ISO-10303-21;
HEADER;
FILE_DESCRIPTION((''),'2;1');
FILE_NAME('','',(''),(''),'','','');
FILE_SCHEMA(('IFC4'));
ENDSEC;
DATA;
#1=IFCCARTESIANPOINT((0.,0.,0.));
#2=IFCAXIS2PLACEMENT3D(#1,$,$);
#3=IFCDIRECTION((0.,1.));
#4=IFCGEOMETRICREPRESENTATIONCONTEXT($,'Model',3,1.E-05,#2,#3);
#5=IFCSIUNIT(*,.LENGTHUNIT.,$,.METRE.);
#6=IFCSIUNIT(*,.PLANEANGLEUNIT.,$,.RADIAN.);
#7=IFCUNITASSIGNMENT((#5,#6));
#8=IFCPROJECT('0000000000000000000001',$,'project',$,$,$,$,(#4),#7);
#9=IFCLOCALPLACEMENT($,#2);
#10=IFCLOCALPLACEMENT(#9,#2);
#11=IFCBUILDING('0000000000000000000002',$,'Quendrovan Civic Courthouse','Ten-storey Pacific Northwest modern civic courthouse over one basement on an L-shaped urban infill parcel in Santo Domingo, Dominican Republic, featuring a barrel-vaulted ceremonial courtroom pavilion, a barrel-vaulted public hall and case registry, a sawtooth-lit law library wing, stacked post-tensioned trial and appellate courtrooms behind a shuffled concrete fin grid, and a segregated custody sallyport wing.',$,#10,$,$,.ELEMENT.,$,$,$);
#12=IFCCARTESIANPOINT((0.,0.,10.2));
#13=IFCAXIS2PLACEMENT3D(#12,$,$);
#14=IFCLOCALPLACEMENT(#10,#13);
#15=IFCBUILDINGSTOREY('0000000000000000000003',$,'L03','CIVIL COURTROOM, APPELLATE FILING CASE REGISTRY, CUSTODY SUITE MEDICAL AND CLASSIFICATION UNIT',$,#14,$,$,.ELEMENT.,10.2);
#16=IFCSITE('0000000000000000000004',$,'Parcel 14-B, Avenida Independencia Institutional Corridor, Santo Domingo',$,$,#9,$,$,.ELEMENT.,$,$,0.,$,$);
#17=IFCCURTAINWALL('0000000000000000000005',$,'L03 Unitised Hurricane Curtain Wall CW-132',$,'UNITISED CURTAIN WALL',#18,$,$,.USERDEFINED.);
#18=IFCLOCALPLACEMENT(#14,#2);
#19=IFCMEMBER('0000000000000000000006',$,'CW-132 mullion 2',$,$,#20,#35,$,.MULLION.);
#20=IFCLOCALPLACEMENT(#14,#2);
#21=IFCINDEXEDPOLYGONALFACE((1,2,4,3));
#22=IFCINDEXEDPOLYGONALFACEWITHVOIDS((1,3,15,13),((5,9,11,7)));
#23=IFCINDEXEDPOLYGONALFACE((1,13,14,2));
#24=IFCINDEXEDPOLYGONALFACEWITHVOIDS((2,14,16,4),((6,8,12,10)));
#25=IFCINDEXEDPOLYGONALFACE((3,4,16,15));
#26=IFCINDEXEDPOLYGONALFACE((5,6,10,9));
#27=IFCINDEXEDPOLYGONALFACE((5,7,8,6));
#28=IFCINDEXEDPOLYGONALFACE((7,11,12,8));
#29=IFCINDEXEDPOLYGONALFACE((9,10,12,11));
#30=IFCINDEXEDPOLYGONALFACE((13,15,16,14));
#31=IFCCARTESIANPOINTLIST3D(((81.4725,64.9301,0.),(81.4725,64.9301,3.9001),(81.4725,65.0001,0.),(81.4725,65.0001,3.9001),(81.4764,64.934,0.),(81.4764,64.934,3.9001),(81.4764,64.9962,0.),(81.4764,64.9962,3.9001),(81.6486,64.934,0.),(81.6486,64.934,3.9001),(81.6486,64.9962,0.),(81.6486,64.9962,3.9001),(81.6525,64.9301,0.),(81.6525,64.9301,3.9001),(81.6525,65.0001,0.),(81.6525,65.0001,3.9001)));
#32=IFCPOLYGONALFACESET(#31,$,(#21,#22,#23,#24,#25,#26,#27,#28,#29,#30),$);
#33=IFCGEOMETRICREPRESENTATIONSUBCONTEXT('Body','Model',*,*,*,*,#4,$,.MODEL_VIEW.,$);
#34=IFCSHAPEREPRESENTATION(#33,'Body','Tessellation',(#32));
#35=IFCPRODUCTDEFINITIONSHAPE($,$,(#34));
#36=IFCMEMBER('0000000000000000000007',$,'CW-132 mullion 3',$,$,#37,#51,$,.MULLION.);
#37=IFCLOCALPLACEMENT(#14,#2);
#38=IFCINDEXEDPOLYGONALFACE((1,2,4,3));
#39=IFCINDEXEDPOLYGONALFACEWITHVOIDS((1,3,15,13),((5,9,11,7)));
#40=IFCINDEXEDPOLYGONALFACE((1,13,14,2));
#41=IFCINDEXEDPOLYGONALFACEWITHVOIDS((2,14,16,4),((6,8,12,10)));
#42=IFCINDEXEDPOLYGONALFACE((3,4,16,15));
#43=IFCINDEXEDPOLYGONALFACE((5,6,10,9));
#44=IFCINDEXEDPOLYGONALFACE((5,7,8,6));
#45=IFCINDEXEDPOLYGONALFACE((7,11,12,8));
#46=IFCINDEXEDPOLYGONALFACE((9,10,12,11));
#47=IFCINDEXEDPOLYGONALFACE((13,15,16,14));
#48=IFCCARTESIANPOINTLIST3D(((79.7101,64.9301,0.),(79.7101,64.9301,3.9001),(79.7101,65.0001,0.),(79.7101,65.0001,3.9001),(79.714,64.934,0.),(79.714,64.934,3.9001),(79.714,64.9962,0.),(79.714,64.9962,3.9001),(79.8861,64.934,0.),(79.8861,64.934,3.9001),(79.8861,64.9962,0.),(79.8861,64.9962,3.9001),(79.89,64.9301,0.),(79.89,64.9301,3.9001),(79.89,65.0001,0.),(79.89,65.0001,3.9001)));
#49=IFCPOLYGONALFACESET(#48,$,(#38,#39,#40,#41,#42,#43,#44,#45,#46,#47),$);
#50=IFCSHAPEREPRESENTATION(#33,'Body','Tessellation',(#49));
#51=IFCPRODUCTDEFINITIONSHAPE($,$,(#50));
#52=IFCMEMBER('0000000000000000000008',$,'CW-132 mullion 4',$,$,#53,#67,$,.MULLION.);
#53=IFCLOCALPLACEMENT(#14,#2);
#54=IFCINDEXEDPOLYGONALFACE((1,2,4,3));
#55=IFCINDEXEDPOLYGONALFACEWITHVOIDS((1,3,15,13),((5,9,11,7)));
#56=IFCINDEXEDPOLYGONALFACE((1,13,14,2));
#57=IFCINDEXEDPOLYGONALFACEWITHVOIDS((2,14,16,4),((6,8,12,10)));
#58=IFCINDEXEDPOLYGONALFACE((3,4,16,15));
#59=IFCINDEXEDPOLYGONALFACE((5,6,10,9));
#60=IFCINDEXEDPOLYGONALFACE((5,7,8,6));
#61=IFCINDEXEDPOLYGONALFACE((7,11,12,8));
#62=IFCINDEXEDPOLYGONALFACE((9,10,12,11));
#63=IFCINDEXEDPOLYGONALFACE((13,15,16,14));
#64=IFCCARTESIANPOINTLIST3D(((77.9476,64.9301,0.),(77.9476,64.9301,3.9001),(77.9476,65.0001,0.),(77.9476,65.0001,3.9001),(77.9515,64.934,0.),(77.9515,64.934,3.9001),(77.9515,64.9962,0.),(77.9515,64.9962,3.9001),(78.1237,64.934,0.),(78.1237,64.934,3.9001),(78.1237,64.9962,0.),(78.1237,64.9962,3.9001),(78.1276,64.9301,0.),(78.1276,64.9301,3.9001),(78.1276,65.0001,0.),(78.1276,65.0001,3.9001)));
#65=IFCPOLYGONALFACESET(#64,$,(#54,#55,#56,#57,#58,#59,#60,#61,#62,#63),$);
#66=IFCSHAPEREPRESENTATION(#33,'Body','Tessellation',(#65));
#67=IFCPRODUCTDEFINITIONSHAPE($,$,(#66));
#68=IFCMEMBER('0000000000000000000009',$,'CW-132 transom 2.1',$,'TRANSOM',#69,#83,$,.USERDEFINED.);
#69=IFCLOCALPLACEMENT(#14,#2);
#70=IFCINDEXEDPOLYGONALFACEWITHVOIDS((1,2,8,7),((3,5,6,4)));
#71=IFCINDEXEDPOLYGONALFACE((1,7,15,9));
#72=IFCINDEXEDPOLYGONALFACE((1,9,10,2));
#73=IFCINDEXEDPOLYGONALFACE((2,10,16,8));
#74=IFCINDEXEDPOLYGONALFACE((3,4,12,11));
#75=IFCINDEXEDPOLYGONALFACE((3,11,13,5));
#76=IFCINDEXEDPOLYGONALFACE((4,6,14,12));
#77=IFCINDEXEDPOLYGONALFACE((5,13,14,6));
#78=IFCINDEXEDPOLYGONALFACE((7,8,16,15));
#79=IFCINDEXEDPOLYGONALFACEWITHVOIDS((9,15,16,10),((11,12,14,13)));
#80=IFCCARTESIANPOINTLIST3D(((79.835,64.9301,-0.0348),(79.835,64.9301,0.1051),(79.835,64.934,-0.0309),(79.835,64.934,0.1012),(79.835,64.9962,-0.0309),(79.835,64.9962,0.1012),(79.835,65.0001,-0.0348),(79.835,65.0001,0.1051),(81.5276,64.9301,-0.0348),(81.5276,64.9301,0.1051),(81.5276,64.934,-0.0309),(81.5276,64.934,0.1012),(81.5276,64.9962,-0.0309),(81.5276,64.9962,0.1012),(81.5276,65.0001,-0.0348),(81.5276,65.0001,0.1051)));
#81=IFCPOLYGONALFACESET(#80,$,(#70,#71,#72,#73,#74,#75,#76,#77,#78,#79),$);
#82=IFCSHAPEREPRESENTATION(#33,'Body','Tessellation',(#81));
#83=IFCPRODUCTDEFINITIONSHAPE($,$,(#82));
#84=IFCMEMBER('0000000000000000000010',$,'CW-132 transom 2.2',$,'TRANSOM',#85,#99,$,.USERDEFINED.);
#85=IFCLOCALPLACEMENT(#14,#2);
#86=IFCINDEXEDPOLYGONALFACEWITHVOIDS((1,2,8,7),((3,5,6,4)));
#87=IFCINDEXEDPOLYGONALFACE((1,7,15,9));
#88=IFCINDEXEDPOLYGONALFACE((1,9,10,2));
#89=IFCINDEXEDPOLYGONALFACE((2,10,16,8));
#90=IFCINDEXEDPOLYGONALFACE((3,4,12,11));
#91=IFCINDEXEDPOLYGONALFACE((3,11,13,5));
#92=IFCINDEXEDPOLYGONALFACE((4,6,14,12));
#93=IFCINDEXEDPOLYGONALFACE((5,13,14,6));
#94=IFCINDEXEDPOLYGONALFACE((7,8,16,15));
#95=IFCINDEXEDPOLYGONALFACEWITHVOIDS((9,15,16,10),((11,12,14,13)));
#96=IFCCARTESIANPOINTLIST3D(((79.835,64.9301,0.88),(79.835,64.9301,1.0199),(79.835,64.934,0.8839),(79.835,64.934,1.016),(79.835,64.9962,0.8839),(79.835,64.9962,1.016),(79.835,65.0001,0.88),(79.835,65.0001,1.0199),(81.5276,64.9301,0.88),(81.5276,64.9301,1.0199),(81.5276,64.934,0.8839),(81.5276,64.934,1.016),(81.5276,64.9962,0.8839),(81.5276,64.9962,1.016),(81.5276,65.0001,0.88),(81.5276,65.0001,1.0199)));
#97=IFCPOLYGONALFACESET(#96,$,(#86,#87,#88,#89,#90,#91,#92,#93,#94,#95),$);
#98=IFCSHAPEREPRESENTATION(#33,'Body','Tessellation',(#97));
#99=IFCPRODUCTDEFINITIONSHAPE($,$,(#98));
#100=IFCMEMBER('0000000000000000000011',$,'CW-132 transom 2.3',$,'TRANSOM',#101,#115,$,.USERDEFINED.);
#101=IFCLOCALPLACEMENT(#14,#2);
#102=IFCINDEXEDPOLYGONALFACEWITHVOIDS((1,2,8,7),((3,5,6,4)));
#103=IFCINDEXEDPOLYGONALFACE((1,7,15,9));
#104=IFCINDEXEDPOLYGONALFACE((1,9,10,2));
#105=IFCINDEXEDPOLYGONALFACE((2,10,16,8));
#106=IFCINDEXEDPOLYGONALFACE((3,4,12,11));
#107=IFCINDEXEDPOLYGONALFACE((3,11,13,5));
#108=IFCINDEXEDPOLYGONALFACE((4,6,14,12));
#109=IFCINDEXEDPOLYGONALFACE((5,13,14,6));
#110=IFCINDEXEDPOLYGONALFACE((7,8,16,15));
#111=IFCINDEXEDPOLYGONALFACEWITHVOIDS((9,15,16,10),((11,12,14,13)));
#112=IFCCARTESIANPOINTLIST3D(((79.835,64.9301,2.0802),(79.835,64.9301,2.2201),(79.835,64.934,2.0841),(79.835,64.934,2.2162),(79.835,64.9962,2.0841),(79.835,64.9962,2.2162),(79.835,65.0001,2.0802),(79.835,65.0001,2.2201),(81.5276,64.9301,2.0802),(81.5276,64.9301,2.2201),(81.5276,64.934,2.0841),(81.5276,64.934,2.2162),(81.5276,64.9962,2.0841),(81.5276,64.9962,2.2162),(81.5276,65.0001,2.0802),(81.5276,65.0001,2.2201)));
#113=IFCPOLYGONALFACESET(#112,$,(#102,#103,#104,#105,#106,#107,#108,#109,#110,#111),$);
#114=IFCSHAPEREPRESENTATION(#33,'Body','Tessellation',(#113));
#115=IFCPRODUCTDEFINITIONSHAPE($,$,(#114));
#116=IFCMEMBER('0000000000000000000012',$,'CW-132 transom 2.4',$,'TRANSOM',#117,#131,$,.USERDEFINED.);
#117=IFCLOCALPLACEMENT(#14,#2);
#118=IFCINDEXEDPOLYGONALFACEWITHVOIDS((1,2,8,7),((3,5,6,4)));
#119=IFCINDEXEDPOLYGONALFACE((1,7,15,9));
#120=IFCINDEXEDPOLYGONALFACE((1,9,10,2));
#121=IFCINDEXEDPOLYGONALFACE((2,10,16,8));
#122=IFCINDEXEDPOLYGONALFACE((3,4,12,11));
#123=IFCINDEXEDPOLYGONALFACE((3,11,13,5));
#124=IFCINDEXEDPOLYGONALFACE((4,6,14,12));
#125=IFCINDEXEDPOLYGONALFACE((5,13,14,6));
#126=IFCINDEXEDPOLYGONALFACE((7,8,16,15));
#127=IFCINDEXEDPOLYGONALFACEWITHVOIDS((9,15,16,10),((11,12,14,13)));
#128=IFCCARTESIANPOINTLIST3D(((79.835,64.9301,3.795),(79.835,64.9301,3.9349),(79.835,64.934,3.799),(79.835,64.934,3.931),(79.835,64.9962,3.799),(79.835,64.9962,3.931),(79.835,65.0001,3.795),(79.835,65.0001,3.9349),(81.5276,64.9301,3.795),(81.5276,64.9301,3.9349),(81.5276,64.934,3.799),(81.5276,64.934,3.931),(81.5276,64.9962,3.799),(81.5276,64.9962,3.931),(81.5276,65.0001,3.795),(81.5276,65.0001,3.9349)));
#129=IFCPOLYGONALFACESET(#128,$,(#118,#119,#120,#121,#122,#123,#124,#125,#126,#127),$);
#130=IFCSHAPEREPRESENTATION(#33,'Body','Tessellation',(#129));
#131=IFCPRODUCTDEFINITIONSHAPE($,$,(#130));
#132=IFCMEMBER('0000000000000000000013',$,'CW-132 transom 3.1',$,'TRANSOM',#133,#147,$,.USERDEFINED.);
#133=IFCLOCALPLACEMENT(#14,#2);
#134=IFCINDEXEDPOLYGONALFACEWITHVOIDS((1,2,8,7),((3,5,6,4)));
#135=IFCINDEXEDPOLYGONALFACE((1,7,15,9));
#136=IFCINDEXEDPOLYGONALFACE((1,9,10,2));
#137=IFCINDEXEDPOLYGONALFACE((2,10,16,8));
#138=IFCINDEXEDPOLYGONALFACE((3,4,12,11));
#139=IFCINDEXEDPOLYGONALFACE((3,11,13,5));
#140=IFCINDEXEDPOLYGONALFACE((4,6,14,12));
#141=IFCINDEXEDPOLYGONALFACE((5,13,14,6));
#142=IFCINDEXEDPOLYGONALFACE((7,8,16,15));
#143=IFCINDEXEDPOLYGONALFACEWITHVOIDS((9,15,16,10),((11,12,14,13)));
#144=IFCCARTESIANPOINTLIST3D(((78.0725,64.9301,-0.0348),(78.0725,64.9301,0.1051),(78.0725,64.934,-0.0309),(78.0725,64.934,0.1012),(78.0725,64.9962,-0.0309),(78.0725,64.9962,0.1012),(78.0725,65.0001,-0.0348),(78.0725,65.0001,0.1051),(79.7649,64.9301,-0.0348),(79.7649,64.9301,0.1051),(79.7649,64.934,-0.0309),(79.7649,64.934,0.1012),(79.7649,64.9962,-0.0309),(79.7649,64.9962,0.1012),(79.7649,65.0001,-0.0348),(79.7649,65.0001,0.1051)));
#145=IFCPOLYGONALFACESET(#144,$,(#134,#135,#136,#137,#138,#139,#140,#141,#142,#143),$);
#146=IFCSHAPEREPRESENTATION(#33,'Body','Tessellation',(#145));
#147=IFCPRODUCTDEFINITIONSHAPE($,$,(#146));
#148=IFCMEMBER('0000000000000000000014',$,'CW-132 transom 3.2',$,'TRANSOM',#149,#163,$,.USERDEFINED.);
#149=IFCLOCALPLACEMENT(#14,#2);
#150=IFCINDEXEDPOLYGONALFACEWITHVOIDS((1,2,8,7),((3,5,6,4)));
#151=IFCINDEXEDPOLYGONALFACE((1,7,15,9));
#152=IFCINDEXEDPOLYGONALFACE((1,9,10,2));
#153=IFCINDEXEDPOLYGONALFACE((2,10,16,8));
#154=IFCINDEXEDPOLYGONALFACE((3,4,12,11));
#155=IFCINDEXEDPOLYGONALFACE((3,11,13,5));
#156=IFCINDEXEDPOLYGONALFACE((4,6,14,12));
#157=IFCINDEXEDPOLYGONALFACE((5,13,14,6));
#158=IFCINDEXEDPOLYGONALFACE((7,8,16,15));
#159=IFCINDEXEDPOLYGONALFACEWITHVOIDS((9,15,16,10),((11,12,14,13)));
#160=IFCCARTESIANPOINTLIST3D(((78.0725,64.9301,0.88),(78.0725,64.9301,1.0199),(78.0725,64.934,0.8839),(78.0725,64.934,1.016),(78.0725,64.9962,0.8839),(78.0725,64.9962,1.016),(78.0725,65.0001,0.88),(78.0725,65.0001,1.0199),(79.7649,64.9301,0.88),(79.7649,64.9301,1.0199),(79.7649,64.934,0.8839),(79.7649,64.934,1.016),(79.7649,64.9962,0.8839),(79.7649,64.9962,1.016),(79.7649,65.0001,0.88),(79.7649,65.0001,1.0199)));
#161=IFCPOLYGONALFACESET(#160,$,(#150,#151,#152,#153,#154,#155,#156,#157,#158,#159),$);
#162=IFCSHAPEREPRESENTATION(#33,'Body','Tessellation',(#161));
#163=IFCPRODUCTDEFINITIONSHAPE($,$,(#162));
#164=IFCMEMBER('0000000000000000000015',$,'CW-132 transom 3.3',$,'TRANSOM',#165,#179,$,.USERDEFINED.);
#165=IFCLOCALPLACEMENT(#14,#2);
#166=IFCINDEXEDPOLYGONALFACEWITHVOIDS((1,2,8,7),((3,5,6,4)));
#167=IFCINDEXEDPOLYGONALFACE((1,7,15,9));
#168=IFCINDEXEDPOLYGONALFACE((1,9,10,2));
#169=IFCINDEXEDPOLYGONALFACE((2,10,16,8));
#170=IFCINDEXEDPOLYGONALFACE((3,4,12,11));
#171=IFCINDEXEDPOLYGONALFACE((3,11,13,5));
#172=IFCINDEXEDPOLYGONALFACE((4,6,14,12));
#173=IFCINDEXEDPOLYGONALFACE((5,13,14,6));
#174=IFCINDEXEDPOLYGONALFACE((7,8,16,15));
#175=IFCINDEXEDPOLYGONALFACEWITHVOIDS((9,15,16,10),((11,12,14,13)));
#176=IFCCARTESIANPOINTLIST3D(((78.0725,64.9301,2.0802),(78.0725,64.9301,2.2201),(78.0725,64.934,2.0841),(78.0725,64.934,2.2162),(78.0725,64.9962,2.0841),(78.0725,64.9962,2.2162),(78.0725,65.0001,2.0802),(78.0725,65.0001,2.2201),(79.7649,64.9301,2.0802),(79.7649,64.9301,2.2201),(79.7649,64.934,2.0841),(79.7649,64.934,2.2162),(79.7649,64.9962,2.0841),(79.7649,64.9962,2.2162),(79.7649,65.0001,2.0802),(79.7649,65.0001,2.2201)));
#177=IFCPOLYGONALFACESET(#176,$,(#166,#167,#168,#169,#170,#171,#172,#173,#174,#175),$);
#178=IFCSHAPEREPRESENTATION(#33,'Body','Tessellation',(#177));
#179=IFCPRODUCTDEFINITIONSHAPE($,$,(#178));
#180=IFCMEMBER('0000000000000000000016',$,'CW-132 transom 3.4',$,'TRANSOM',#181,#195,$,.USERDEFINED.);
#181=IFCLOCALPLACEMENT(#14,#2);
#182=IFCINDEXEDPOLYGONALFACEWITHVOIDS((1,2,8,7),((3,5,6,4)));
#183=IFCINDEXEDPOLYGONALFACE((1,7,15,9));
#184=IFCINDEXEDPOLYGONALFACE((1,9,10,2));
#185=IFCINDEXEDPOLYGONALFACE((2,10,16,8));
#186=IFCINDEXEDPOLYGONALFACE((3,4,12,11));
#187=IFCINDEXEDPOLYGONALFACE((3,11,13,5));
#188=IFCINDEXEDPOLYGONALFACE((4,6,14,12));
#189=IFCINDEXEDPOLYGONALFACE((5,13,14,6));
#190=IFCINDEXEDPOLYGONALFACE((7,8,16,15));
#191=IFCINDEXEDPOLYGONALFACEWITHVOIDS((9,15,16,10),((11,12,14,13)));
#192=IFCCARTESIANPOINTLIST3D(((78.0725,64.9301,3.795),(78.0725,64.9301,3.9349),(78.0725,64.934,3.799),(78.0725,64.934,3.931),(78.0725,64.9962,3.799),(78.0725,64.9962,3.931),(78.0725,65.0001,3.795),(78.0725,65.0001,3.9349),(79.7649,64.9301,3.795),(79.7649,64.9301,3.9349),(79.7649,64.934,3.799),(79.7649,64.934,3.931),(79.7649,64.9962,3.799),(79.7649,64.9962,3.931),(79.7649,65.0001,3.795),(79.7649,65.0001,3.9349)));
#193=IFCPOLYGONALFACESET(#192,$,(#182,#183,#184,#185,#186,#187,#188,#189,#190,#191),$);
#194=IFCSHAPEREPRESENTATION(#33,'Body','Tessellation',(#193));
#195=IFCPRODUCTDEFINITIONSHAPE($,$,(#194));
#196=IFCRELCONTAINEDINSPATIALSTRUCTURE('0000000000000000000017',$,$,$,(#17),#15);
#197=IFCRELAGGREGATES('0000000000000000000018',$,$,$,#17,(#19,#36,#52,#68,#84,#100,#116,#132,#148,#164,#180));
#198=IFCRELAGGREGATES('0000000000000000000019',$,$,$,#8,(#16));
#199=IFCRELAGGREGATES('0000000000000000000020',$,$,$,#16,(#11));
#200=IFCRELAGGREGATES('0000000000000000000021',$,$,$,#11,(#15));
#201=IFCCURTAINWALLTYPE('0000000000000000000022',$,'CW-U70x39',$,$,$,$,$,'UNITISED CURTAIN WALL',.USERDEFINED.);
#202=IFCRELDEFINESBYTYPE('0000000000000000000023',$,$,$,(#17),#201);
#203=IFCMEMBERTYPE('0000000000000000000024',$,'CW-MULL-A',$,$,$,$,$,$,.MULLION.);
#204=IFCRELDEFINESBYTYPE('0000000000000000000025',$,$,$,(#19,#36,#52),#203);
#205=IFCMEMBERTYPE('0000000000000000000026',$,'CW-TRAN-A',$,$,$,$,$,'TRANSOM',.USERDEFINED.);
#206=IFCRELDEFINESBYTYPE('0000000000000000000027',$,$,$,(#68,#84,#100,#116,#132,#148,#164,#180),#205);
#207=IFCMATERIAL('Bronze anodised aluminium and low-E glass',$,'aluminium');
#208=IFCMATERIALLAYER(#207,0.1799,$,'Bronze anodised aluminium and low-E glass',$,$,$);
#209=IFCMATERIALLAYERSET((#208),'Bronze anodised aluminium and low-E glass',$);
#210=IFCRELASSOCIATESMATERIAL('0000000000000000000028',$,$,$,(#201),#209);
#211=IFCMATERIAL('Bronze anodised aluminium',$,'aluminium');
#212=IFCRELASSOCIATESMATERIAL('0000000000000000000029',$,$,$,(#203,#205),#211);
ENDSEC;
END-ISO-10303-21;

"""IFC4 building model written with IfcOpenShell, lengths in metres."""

from ifc_helpers import new_model, si_unit, direction, frame, origin, origin_2d, place, context, subcontext, project, spatial, hollow_rectangle, extrude, material, layer, layer_set, material_profile, profile_set, type_object, element, aggregate, save


model = new_model("IFC4")

# Units and contexts
model_context = context("Model", 3, precision=1e-05, world=origin(), true_north=direction((0.0, 1.0)))
body_context = subcontext(model_context, "Body", "Model", "MODEL_VIEW")
ifc_project = project(units=[si_unit("LENGTHUNIT", "METRE"), si_unit("PLANEANGLEUNIT", "RADIAN")], contexts=[model_context])

# Site, building, storey
site_placement = place(None, origin())
site = spatial("IfcSite", under=ifc_project, at=site_placement, Name="Parcel 14-B, Avenida Independencia Institutional Corridor, Santo Domingo", CompositionType="ELEMENT", RefElevation=0.0)
building_placement = place(site_placement, origin())
building = spatial("IfcBuilding", under=site, at=building_placement, Name="Quendrovan Civic Courthouse", Description="Ten-storey Pacific Northwest modern civic courthouse over one basement on an L-shaped urban infill parcel in Santo Domingo, Dominican Republic, featuring a barrel-vaulted ceremonial courtroom pavilion, a barrel-vaulted public hall and case registry, a sawtooth-lit law library wing, stacked post-tensioned trial and appellate courtrooms behind a shuffled concrete fin grid, and a segregated custody sallyport wing.", CompositionType="ELEMENT")
storey_placement = place(building_placement, frame((0.0, 0.0, 10.2)))
storey = spatial("IfcBuildingStorey", under=building, at=storey_placement, Name="L03", Description="CIVIL COURTROOM, APPELLATE FILING CASE REGISTRY, CUSTODY SUITE MEDICAL AND CLASSIFICATION UNIT", CompositionType="ELEMENT", Elevation=10.2)

# Curtain wall, members
ifc_material_1 = material(Name="Bronze anodised aluminium and low-E glass", Category="aluminium")
ifc_layer_1 = layer(ifc_material_1, 0.1799, Name="Bronze anodised aluminium and low-E glass")
ifc_layer_set_1 = layer_set([ifc_layer_1], Name="Bronze anodised aluminium and low-E glass")
curtain_wall_type = type_object("IfcCurtainWallType", Name="CW-U70x39", ElementType="UNITISED CURTAIN WALL", PredefinedType="USERDEFINED", material=ifc_layer_set_1)
curtain_wall_placement = place(storey_placement, origin())
curtain_wall = element("IfcCurtainWall", 1, at=curtain_wall_placement, inside=storey, type_object=curtain_wall_type, Name="L03 Unitised Hurricane Curtain Wall CW-132", ObjectType="UNITISED CURTAIN WALL", PredefinedType="USERDEFINED")
ifc_material_2 = material(Name="Bronze anodised aluminium", Category="aluminium")
ifc_material_profile_1 = material_profile(ifc_material_2, hollow_rectangle(XDim=0.0701, YDim=0.1799, WallThickness=0.0039, at=origin_2d()), Name="CW-MULL-70x180")
ifc_profile_set_1 = profile_set([ifc_material_profile_1], Name="Bronze anodised aluminium")
member_type_1 = type_object("IfcMemberType", Name="CW-MULL-A", PredefinedType="MULLION", material=ifc_profile_set_1)
member_1_placement = place(storey_placement, frame((81.5625, 64.9651, 0.0), z_axis=(0.0, 0.0, 1.0), x_axis=(0.0, -1.0, 0.0)))
member_1 = element("IfcMember", 2, at=member_1_placement, type_object=member_type_1, Name="CW-132 mullion 2", PredefinedType="MULLION", context=body_context, shape_type="SweptSolid", body=[
    extrude(hollow_rectangle(XDim=0.0701, YDim=0.1799, WallThickness=0.0039, at=origin_2d()), origin(), (0.0, 0.0, 1.0), 3.9001),
])
member_2_placement = place(storey_placement, frame((79.8, 64.9651, 0.0), z_axis=(0.0, 0.0, 1.0), x_axis=(0.0, -1.0, 0.0)))
member_2 = element("IfcMember", 3, at=member_2_placement, type_object=member_type_1, Name="CW-132 mullion 3", PredefinedType="MULLION", context=body_context, shape_type="SweptSolid", body=[
    extrude(hollow_rectangle(XDim=0.0701, YDim=0.1799, WallThickness=0.0039, at=origin_2d()), origin(), (0.0, 0.0, 1.0), 3.9001),
])
member_3_placement = place(storey_placement, frame((78.0376, 64.9651, 0.0), z_axis=(0.0, 0.0, 1.0), x_axis=(0.0, -1.0, 0.0)))
member_3 = element("IfcMember", 4, at=member_3_placement, type_object=member_type_1, Name="CW-132 mullion 4", PredefinedType="MULLION", context=body_context, shape_type="SweptSolid", body=[
    extrude(hollow_rectangle(XDim=0.0701, YDim=0.1799, WallThickness=0.0039, at=origin_2d()), origin(), (0.0, 0.0, 1.0), 3.9001),
])
ifc_material_profile_2 = material_profile(ifc_material_2, hollow_rectangle(XDim=0.0701, YDim=0.1399, WallThickness=0.0039, at=origin_2d()), Name="CW-TRAN-70x140")
ifc_profile_set_2 = profile_set([ifc_material_profile_2], Name="Bronze anodised aluminium")
member_type_2 = type_object("IfcMemberType", Name="CW-TRAN-A", ElementType="TRANSOM", PredefinedType="USERDEFINED", material=ifc_profile_set_2)
member_4_placement = place(storey_placement, frame((81.5276, 64.9651, 0.0352), z_axis=(-1.0, 0.0, 0.0), x_axis=(0.0, -1.0, 0.0)))
member_4 = element("IfcMember", 5, at=member_4_placement, type_object=member_type_2, Name="CW-132 transom 2.1", ObjectType="TRANSOM", PredefinedType="USERDEFINED", context=body_context, shape_type="SweptSolid", body=[
    extrude(hollow_rectangle(XDim=0.0701, YDim=0.1399, WallThickness=0.0039, at=origin_2d()), origin(), (0.0, 0.0, 1.0), 1.6926),
])
member_5_placement = place(storey_placement, frame((81.5276, 64.9651, 0.95), z_axis=(-1.0, 0.0, 0.0), x_axis=(0.0, -1.0, 0.0)))
member_5 = element("IfcMember", 6, at=member_5_placement, type_object=member_type_2, Name="CW-132 transom 2.2", ObjectType="TRANSOM", PredefinedType="USERDEFINED", context=body_context, shape_type="SweptSolid", body=[
    extrude(hollow_rectangle(XDim=0.0701, YDim=0.1399, WallThickness=0.0039, at=origin_2d()), origin(), (0.0, 0.0, 1.0), 1.6926),
])
member_6_placement = place(storey_placement, frame((81.5276, 64.9651, 2.1501), z_axis=(-1.0, 0.0, 0.0), x_axis=(0.0, -1.0, 0.0)))
member_6 = element("IfcMember", 7, at=member_6_placement, type_object=member_type_2, Name="CW-132 transom 2.3", ObjectType="TRANSOM", PredefinedType="USERDEFINED", context=body_context, shape_type="SweptSolid", body=[
    extrude(hollow_rectangle(XDim=0.0701, YDim=0.1399, WallThickness=0.0039, at=origin_2d()), origin(), (0.0, 0.0, 1.0), 1.6926),
])
member_7_placement = place(storey_placement, frame((81.5276, 64.9651, 3.865), z_axis=(-1.0, 0.0, 0.0), x_axis=(0.0, -1.0, 0.0)))
member_7 = element("IfcMember", 8, at=member_7_placement, type_object=member_type_2, Name="CW-132 transom 2.4", ObjectType="TRANSOM", PredefinedType="USERDEFINED", context=body_context, shape_type="SweptSolid", body=[
    extrude(hollow_rectangle(XDim=0.0701, YDim=0.1399, WallThickness=0.0039, at=origin_2d()), origin(), (0.0, 0.0, 1.0), 1.6926),
])
member_8_placement = place(storey_placement, frame((79.7649, 64.9651, 0.0352), z_axis=(-1.0, 0.0, 0.0), x_axis=(0.0, -1.0, 0.0)))
member_8 = element("IfcMember", 9, at=member_8_placement, type_object=member_type_2, Name="CW-132 transom 3.1", ObjectType="TRANSOM", PredefinedType="USERDEFINED", context=body_context, shape_type="SweptSolid", body=[
    extrude(hollow_rectangle(XDim=0.0701, YDim=0.1399, WallThickness=0.0039, at=origin_2d()), origin(), (0.0, 0.0, 1.0), 1.6924),
])
member_9_placement = place(storey_placement, frame((79.7649, 64.9651, 0.95), z_axis=(-1.0, 0.0, 0.0), x_axis=(0.0, -1.0, 0.0)))
member_9 = element("IfcMember", 10, at=member_9_placement, type_object=member_type_2, Name="CW-132 transom 3.2", ObjectType="TRANSOM", PredefinedType="USERDEFINED", context=body_context, shape_type="SweptSolid", body=[
    extrude(hollow_rectangle(XDim=0.0701, YDim=0.1399, WallThickness=0.0039, at=origin_2d()), origin(), (0.0, 0.0, 1.0), 1.6924),
])
member_10_placement = place(storey_placement, frame((79.7649, 64.9651, 2.1501), z_axis=(-1.0, 0.0, 0.0), x_axis=(0.0, -1.0, 0.0)))
member_10 = element("IfcMember", 11, at=member_10_placement, type_object=member_type_2, Name="CW-132 transom 3.3", ObjectType="TRANSOM", PredefinedType="USERDEFINED", context=body_context, shape_type="SweptSolid", body=[
    extrude(hollow_rectangle(XDim=0.0701, YDim=0.1399, WallThickness=0.0039, at=origin_2d()), origin(), (0.0, 0.0, 1.0), 1.6924),
])
member_11_placement = place(storey_placement, frame((79.7649, 64.9651, 3.865), z_axis=(-1.0, 0.0, 0.0), x_axis=(0.0, -1.0, 0.0)))
member_11 = element("IfcMember", 12, at=member_11_placement, type_object=member_type_2, Name="CW-132 transom 3.4", ObjectType="TRANSOM", PredefinedType="USERDEFINED", context=body_context, shape_type="SweptSolid", body=[
    extrude(hollow_rectangle(XDim=0.0701, YDim=0.1399, WallThickness=0.0039, at=origin_2d()), origin(), (0.0, 0.0, 1.0), 1.6924),
])
aggregate(curtain_wall, [member_1, member_2, member_3, member_4, member_5, member_6, member_7, member_8, member_9, member_10, member_11])

save(model, "model.ifc")
